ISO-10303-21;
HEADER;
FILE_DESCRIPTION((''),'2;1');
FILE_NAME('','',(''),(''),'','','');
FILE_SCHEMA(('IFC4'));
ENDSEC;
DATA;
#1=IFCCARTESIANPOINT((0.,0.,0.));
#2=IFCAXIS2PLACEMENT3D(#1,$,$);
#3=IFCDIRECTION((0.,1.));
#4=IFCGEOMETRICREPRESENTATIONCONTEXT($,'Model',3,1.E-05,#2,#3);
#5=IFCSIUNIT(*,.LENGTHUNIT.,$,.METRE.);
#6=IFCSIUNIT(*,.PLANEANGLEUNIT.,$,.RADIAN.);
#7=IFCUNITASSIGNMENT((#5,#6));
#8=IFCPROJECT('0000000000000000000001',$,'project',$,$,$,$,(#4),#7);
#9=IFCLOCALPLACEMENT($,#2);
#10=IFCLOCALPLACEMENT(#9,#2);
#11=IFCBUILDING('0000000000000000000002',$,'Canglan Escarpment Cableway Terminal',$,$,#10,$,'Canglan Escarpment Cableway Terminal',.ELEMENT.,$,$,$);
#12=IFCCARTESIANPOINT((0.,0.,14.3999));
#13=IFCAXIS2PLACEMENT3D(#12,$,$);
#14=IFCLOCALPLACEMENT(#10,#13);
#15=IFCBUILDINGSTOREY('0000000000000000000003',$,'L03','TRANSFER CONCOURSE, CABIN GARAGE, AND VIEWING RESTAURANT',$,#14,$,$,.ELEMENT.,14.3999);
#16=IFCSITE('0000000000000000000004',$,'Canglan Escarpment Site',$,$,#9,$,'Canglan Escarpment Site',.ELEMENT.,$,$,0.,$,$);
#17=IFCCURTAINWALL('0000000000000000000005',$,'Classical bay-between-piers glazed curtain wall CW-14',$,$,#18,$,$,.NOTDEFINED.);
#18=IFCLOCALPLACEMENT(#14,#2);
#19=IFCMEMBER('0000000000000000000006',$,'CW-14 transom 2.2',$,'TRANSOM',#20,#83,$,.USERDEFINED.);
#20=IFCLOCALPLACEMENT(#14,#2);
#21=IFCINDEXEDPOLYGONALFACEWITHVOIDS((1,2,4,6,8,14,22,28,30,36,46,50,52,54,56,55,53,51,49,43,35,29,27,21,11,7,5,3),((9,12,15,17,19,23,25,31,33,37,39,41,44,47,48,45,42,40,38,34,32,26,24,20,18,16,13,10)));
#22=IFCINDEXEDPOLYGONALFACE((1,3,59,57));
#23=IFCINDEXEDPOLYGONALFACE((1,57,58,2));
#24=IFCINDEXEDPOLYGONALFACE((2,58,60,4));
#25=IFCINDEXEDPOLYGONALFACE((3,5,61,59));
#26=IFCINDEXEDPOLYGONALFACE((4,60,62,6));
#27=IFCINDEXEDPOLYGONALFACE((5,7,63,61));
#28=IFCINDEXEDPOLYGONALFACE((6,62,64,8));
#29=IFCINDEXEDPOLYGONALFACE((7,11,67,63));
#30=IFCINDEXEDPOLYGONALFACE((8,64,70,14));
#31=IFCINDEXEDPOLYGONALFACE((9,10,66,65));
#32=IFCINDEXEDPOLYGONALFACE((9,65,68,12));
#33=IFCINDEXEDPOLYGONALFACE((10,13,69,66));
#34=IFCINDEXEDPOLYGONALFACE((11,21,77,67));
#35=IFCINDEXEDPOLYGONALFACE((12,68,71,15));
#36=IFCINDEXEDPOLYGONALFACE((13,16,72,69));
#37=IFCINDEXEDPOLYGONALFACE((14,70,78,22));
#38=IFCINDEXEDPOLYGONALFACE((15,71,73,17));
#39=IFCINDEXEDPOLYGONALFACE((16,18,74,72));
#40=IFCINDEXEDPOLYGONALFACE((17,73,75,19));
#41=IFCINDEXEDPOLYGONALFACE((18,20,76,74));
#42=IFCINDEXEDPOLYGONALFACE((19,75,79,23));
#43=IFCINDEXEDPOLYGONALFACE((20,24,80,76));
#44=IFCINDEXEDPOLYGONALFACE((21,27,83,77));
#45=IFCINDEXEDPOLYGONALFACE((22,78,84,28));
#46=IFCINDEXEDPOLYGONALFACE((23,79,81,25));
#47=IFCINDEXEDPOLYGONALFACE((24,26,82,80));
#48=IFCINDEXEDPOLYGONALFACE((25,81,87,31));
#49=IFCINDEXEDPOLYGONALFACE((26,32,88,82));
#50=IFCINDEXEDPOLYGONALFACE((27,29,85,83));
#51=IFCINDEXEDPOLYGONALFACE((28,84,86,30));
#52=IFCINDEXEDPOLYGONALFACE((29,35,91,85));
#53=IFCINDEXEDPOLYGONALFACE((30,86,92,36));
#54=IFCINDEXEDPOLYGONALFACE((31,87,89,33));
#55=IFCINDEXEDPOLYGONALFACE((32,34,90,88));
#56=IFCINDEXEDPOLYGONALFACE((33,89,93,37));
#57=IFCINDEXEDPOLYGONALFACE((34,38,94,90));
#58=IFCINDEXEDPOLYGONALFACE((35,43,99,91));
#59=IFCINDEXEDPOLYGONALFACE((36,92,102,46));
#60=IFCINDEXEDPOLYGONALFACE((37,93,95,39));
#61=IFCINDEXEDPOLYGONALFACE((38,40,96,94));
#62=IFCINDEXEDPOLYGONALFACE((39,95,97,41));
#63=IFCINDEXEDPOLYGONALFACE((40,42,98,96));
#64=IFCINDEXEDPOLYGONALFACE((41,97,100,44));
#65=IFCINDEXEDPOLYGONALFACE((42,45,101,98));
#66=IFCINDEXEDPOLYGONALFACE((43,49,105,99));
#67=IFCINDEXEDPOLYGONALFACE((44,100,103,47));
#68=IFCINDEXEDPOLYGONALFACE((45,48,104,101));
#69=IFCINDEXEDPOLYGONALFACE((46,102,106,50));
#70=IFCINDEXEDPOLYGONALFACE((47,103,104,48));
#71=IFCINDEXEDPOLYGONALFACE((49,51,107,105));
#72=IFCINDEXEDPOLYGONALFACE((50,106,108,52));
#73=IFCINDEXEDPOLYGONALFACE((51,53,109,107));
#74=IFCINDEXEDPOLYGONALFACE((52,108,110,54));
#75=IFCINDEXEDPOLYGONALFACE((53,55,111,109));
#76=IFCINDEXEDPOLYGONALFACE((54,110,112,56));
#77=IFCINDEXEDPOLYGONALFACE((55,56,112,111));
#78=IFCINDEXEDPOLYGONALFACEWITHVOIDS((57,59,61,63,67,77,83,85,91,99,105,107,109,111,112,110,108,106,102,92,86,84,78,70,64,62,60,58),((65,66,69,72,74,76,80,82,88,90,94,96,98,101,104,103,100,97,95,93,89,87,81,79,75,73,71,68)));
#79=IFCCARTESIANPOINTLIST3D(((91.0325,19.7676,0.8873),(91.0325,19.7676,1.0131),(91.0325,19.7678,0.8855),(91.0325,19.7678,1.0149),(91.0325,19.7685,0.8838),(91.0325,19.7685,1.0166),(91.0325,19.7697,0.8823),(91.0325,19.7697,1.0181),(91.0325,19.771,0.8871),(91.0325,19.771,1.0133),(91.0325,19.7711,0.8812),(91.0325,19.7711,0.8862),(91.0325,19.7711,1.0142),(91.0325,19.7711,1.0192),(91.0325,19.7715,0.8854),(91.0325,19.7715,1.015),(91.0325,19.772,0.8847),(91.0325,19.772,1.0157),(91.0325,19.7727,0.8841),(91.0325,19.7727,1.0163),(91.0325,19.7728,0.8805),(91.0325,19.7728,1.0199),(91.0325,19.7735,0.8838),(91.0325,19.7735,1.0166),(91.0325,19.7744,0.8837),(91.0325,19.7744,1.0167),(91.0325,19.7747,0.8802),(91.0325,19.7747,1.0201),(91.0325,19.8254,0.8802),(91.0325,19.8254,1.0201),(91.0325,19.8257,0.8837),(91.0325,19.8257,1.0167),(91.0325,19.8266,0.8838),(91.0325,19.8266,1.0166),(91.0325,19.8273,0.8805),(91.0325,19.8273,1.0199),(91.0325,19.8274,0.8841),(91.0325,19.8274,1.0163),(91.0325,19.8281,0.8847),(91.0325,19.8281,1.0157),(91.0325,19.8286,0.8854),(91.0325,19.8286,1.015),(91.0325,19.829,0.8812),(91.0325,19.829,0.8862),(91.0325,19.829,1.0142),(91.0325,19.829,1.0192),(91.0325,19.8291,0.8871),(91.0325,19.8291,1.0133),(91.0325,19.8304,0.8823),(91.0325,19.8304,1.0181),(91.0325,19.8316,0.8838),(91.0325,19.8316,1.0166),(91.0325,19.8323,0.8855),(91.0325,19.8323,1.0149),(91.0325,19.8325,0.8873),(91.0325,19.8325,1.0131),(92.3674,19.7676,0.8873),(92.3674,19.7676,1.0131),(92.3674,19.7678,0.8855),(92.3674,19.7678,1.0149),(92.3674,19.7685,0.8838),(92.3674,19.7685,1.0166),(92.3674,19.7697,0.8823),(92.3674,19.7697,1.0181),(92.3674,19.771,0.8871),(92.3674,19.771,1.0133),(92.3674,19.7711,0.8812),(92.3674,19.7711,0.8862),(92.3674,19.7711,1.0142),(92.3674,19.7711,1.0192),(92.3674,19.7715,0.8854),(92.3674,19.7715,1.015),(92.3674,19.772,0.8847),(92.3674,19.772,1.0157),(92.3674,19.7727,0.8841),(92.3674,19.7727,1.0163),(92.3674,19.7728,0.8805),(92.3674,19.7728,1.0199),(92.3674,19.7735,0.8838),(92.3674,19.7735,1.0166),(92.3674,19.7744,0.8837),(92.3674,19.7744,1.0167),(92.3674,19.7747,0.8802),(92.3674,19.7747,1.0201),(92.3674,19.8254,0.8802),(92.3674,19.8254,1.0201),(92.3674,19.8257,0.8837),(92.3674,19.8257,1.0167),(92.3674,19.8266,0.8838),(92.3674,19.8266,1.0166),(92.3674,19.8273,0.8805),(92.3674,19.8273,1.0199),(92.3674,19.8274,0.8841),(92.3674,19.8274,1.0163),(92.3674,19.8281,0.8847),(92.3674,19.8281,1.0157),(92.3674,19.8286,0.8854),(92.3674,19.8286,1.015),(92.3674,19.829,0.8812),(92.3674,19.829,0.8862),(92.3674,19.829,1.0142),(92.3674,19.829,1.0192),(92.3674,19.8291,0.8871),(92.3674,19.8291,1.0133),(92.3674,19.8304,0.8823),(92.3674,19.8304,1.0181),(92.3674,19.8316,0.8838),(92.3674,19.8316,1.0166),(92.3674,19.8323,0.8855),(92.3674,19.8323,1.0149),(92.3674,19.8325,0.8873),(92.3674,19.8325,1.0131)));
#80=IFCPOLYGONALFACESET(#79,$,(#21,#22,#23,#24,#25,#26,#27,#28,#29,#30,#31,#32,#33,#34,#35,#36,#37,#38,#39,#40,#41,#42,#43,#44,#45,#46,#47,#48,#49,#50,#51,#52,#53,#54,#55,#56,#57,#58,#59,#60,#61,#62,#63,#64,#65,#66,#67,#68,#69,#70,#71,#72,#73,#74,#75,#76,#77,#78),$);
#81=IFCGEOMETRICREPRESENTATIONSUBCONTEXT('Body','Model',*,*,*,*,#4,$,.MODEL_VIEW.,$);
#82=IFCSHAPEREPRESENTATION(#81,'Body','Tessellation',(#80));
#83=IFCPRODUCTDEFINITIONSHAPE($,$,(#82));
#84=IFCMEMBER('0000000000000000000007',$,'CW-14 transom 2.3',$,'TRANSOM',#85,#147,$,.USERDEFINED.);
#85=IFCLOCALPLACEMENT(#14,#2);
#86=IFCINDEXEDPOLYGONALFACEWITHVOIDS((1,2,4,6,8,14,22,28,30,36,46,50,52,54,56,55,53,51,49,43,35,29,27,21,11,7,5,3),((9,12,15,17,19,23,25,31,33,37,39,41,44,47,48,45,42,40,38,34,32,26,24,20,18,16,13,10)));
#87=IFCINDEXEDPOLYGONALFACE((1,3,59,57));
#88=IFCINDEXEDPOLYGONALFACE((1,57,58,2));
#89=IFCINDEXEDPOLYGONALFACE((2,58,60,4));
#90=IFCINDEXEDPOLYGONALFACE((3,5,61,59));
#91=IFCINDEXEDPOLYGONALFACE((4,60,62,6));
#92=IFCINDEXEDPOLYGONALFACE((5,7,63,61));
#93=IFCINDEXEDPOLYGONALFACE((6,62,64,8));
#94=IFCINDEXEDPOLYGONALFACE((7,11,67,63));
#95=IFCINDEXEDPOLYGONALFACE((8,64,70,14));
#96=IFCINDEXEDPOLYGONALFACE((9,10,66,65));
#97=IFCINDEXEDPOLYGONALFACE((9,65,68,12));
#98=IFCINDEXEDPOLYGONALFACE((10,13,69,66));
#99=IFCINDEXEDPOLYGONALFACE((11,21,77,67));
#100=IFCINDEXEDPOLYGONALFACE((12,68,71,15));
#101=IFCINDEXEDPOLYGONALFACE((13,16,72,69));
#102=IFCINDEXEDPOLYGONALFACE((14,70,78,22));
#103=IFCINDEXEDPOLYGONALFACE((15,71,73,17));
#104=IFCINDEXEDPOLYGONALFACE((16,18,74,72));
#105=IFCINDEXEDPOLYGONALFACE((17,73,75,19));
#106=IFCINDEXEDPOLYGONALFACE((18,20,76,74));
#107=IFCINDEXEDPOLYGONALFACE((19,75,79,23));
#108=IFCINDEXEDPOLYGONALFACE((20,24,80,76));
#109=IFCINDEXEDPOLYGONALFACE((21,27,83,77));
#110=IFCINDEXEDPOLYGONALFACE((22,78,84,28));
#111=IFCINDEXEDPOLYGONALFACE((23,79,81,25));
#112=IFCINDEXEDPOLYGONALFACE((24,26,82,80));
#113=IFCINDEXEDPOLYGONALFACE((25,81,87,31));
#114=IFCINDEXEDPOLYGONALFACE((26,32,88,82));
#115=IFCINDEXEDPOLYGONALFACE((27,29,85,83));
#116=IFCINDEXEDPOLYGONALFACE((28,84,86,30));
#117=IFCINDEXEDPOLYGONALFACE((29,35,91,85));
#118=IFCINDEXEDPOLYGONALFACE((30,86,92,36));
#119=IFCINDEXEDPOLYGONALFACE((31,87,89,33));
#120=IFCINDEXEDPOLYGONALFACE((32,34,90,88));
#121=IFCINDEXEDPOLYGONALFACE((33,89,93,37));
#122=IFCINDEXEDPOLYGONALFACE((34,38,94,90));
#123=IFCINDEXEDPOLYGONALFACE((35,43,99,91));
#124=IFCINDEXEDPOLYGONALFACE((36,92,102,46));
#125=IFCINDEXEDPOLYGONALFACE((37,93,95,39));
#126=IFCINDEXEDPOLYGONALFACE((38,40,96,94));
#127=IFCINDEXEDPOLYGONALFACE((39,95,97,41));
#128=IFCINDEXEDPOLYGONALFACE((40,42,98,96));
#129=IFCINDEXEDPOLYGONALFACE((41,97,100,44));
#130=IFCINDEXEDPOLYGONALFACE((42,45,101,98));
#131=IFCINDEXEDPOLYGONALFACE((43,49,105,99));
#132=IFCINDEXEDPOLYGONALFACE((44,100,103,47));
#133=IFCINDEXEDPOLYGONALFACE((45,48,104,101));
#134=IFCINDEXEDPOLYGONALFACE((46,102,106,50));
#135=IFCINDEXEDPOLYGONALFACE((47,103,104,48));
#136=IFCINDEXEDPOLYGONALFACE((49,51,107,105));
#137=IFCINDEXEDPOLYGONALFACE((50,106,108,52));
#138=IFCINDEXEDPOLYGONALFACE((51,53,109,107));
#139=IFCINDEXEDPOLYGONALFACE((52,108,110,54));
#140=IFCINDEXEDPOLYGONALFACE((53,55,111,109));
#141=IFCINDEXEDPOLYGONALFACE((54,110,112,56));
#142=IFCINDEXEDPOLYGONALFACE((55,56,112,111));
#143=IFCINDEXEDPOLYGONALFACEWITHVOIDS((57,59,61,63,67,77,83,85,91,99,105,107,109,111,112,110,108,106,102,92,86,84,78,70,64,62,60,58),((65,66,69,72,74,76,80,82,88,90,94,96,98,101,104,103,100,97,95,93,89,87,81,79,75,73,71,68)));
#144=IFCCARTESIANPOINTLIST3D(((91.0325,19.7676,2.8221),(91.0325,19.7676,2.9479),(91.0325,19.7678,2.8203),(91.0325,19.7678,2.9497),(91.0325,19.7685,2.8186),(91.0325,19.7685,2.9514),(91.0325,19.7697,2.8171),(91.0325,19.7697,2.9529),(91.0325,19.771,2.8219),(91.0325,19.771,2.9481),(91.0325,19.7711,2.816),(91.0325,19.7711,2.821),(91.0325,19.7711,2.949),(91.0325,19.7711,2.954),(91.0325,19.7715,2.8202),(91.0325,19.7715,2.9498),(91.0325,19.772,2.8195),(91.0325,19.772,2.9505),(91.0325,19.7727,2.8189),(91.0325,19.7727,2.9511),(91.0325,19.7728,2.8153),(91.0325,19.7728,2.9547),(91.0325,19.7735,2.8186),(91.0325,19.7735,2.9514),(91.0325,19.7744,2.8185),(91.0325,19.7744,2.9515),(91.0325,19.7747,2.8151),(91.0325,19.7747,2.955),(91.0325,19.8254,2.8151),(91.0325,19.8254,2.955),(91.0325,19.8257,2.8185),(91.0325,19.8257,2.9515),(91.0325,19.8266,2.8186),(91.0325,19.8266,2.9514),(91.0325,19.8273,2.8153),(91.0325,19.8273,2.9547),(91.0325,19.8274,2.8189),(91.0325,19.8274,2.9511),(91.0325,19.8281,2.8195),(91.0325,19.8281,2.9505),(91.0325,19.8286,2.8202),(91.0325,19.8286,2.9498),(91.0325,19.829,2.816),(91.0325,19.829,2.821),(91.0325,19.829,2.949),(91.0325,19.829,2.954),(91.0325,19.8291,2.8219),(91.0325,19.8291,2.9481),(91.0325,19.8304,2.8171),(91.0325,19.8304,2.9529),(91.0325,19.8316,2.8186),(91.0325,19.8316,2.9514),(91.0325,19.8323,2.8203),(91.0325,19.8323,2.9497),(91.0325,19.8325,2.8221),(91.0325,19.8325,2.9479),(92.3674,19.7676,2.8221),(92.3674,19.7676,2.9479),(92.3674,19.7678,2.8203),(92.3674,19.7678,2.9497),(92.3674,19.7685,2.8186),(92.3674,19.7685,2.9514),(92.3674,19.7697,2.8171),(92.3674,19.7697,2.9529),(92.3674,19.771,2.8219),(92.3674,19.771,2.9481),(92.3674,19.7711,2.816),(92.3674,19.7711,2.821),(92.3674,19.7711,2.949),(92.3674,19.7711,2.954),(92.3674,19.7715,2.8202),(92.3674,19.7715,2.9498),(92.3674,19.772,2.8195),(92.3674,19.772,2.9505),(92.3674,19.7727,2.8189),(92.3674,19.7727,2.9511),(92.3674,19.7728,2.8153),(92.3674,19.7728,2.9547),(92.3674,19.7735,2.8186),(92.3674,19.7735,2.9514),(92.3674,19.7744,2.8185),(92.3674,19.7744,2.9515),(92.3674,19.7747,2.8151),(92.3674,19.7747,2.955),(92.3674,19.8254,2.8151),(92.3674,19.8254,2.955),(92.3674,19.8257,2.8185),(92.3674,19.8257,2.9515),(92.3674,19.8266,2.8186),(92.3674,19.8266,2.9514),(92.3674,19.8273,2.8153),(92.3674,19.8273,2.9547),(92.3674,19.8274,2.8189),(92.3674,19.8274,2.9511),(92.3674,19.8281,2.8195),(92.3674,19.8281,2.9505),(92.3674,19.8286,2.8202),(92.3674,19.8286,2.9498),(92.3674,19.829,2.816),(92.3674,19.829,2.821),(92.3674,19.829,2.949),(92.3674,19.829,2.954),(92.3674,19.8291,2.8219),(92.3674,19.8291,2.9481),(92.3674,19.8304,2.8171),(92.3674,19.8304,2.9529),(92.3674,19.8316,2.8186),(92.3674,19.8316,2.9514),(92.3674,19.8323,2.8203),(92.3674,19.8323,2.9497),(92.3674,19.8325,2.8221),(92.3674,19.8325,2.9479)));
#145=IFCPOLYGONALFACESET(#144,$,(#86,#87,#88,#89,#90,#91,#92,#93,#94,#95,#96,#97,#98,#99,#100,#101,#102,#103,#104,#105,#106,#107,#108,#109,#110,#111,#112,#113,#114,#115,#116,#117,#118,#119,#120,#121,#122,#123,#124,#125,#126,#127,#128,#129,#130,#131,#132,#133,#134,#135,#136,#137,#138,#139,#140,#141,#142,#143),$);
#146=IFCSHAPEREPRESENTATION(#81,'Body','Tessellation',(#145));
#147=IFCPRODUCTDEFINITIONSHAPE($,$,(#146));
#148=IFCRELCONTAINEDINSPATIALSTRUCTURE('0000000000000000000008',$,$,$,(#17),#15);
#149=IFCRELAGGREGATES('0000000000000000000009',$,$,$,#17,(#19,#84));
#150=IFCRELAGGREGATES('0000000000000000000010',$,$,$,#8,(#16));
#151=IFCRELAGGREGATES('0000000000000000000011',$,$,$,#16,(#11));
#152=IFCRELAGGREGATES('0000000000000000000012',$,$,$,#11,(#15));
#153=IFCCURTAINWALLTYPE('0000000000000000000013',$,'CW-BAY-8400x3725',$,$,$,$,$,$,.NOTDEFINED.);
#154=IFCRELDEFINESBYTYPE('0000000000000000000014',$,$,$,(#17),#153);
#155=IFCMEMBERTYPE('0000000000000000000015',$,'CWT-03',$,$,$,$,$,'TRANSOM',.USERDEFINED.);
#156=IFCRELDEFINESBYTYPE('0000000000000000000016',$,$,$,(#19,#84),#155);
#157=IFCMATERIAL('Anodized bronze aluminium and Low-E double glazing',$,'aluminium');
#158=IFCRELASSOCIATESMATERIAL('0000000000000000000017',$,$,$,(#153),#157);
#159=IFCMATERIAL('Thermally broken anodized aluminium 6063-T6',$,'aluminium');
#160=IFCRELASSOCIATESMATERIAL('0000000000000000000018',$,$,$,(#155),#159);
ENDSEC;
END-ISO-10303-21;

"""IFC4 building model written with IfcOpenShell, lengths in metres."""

from ifc_helpers import new_model, si_unit, direction, frame, origin, origin_2d, place, context, subcontext, project, spatial, hollow_rectangle, extrude, material, material_profile, profile_set, type_object, element, aggregate, save


model = new_model("IFC4")

# Units and contexts
model_context = context("Model", 3, precision=1e-05, world=origin(), true_north=direction((0.0, 1.0)))
body_context = subcontext(model_context, "Body", "Model", "MODEL_VIEW")
ifc_project = project(units=[si_unit("LENGTHUNIT", "METRE"), si_unit("PLANEANGLEUNIT", "RADIAN")], contexts=[model_context])

# Site, building, storey
site_placement = place(None, origin())
site = spatial("IfcSite", under=ifc_project, at=site_placement, Name="Canglan Escarpment Site", LongName="Canglan Escarpment Site", CompositionType="ELEMENT", RefElevation=0.0)
building_placement = place(site_placement, origin())
building = spatial("IfcBuilding", under=site, at=building_placement, Name="Canglan Escarpment Cableway Terminal", LongName="Canglan Escarpment Cableway Terminal", CompositionType="ELEMENT")
storey_placement = place(building_placement, frame((0.0, 0.0, 14.3999)))
storey = spatial("IfcBuildingStorey", under=building, at=storey_placement, Name="L03", Description="TRANSFER CONCOURSE, CABIN GARAGE, AND VIEWING RESTAURANT", CompositionType="ELEMENT", Elevation=14.3999)

# Curtain wall, members
ifc_material_1 = material(Name="Anodized bronze aluminium and Low-E double glazing", Category="aluminium")
curtain_wall_type_1 = type_object("IfcCurtainWallType", Name="CW-BAY-8400x3725", PredefinedType="NOTDEFINED", material=ifc_material_1)
curtain_wall_1_placement = place(storey_placement, origin())
curtain_wall_1 = element("IfcCurtainWall", 1, at=curtain_wall_1_placement, inside=storey, type_object=curtain_wall_type_1, Name="Classical bay-between-piers glazed curtain wall CW-14", PredefinedType="NOTDEFINED")
ifc_material_2 = material(Name="Thermally broken anodized aluminium 6063-T6", Category="aluminium")
ifc_material_profile_1 = material_profile(ifc_material_2, hollow_rectangle(XDim=0.0649, YDim=0.1399, WallThickness=0.0034, InnerFilletRadius=0.0034, OuterFilletRadius=0.0071, at=origin_2d()), Name="ALU-TRAN 65x140x3.5")
ifc_profile_set_1 = profile_set([ifc_material_profile_1], Name="Thermally broken anodized aluminium 6063-T6")
member_type_1 = type_object("IfcMemberType", Name="CWT-03", ElementType="TRANSOM", PredefinedType="USERDEFINED", material=ifc_profile_set_1)
member_1_placement = place(storey_placement, frame((92.3674, 19.8, 0.9502), z_axis=(-1.0, 0.0, 0.0), x_axis=(0.0, -1.0, 0.0)))
member_1 = element("IfcMember", 2, at=member_1_placement, type_object=member_type_1, Name="CW-14 transom 2.2", ObjectType="TRANSOM", PredefinedType="USERDEFINED", context=body_context, shape_type="SweptSolid", body=[
    extrude(hollow_rectangle(XDim=0.0649, YDim=0.1399, WallThickness=0.0034, InnerFilletRadius=0.0034, OuterFilletRadius=0.0071, at=origin_2d()), origin(), (0.0, 0.0, 1.0), 1.335),
])
member_2_placement = place(storey_placement, frame((92.3674, 19.8, 2.885), z_axis=(-1.0, 0.0, 0.0), x_axis=(0.0, -1.0, 0.0)))
member_2 = element("IfcMember", 3, at=member_2_placement, type_object=member_type_1, Name="CW-14 transom 2.3", ObjectType="TRANSOM", PredefinedType="USERDEFINED", context=body_context, shape_type="SweptSolid", body=[
    extrude(hollow_rectangle(XDim=0.0649, YDim=0.1399, WallThickness=0.0034, InnerFilletRadius=0.0034, OuterFilletRadius=0.0071, at=origin_2d()), origin(), (0.0, 0.0, 1.0), 1.335),
])

aggregate(curtain_wall_1, [member_1, member_2])

save(model, "model.ifc")
